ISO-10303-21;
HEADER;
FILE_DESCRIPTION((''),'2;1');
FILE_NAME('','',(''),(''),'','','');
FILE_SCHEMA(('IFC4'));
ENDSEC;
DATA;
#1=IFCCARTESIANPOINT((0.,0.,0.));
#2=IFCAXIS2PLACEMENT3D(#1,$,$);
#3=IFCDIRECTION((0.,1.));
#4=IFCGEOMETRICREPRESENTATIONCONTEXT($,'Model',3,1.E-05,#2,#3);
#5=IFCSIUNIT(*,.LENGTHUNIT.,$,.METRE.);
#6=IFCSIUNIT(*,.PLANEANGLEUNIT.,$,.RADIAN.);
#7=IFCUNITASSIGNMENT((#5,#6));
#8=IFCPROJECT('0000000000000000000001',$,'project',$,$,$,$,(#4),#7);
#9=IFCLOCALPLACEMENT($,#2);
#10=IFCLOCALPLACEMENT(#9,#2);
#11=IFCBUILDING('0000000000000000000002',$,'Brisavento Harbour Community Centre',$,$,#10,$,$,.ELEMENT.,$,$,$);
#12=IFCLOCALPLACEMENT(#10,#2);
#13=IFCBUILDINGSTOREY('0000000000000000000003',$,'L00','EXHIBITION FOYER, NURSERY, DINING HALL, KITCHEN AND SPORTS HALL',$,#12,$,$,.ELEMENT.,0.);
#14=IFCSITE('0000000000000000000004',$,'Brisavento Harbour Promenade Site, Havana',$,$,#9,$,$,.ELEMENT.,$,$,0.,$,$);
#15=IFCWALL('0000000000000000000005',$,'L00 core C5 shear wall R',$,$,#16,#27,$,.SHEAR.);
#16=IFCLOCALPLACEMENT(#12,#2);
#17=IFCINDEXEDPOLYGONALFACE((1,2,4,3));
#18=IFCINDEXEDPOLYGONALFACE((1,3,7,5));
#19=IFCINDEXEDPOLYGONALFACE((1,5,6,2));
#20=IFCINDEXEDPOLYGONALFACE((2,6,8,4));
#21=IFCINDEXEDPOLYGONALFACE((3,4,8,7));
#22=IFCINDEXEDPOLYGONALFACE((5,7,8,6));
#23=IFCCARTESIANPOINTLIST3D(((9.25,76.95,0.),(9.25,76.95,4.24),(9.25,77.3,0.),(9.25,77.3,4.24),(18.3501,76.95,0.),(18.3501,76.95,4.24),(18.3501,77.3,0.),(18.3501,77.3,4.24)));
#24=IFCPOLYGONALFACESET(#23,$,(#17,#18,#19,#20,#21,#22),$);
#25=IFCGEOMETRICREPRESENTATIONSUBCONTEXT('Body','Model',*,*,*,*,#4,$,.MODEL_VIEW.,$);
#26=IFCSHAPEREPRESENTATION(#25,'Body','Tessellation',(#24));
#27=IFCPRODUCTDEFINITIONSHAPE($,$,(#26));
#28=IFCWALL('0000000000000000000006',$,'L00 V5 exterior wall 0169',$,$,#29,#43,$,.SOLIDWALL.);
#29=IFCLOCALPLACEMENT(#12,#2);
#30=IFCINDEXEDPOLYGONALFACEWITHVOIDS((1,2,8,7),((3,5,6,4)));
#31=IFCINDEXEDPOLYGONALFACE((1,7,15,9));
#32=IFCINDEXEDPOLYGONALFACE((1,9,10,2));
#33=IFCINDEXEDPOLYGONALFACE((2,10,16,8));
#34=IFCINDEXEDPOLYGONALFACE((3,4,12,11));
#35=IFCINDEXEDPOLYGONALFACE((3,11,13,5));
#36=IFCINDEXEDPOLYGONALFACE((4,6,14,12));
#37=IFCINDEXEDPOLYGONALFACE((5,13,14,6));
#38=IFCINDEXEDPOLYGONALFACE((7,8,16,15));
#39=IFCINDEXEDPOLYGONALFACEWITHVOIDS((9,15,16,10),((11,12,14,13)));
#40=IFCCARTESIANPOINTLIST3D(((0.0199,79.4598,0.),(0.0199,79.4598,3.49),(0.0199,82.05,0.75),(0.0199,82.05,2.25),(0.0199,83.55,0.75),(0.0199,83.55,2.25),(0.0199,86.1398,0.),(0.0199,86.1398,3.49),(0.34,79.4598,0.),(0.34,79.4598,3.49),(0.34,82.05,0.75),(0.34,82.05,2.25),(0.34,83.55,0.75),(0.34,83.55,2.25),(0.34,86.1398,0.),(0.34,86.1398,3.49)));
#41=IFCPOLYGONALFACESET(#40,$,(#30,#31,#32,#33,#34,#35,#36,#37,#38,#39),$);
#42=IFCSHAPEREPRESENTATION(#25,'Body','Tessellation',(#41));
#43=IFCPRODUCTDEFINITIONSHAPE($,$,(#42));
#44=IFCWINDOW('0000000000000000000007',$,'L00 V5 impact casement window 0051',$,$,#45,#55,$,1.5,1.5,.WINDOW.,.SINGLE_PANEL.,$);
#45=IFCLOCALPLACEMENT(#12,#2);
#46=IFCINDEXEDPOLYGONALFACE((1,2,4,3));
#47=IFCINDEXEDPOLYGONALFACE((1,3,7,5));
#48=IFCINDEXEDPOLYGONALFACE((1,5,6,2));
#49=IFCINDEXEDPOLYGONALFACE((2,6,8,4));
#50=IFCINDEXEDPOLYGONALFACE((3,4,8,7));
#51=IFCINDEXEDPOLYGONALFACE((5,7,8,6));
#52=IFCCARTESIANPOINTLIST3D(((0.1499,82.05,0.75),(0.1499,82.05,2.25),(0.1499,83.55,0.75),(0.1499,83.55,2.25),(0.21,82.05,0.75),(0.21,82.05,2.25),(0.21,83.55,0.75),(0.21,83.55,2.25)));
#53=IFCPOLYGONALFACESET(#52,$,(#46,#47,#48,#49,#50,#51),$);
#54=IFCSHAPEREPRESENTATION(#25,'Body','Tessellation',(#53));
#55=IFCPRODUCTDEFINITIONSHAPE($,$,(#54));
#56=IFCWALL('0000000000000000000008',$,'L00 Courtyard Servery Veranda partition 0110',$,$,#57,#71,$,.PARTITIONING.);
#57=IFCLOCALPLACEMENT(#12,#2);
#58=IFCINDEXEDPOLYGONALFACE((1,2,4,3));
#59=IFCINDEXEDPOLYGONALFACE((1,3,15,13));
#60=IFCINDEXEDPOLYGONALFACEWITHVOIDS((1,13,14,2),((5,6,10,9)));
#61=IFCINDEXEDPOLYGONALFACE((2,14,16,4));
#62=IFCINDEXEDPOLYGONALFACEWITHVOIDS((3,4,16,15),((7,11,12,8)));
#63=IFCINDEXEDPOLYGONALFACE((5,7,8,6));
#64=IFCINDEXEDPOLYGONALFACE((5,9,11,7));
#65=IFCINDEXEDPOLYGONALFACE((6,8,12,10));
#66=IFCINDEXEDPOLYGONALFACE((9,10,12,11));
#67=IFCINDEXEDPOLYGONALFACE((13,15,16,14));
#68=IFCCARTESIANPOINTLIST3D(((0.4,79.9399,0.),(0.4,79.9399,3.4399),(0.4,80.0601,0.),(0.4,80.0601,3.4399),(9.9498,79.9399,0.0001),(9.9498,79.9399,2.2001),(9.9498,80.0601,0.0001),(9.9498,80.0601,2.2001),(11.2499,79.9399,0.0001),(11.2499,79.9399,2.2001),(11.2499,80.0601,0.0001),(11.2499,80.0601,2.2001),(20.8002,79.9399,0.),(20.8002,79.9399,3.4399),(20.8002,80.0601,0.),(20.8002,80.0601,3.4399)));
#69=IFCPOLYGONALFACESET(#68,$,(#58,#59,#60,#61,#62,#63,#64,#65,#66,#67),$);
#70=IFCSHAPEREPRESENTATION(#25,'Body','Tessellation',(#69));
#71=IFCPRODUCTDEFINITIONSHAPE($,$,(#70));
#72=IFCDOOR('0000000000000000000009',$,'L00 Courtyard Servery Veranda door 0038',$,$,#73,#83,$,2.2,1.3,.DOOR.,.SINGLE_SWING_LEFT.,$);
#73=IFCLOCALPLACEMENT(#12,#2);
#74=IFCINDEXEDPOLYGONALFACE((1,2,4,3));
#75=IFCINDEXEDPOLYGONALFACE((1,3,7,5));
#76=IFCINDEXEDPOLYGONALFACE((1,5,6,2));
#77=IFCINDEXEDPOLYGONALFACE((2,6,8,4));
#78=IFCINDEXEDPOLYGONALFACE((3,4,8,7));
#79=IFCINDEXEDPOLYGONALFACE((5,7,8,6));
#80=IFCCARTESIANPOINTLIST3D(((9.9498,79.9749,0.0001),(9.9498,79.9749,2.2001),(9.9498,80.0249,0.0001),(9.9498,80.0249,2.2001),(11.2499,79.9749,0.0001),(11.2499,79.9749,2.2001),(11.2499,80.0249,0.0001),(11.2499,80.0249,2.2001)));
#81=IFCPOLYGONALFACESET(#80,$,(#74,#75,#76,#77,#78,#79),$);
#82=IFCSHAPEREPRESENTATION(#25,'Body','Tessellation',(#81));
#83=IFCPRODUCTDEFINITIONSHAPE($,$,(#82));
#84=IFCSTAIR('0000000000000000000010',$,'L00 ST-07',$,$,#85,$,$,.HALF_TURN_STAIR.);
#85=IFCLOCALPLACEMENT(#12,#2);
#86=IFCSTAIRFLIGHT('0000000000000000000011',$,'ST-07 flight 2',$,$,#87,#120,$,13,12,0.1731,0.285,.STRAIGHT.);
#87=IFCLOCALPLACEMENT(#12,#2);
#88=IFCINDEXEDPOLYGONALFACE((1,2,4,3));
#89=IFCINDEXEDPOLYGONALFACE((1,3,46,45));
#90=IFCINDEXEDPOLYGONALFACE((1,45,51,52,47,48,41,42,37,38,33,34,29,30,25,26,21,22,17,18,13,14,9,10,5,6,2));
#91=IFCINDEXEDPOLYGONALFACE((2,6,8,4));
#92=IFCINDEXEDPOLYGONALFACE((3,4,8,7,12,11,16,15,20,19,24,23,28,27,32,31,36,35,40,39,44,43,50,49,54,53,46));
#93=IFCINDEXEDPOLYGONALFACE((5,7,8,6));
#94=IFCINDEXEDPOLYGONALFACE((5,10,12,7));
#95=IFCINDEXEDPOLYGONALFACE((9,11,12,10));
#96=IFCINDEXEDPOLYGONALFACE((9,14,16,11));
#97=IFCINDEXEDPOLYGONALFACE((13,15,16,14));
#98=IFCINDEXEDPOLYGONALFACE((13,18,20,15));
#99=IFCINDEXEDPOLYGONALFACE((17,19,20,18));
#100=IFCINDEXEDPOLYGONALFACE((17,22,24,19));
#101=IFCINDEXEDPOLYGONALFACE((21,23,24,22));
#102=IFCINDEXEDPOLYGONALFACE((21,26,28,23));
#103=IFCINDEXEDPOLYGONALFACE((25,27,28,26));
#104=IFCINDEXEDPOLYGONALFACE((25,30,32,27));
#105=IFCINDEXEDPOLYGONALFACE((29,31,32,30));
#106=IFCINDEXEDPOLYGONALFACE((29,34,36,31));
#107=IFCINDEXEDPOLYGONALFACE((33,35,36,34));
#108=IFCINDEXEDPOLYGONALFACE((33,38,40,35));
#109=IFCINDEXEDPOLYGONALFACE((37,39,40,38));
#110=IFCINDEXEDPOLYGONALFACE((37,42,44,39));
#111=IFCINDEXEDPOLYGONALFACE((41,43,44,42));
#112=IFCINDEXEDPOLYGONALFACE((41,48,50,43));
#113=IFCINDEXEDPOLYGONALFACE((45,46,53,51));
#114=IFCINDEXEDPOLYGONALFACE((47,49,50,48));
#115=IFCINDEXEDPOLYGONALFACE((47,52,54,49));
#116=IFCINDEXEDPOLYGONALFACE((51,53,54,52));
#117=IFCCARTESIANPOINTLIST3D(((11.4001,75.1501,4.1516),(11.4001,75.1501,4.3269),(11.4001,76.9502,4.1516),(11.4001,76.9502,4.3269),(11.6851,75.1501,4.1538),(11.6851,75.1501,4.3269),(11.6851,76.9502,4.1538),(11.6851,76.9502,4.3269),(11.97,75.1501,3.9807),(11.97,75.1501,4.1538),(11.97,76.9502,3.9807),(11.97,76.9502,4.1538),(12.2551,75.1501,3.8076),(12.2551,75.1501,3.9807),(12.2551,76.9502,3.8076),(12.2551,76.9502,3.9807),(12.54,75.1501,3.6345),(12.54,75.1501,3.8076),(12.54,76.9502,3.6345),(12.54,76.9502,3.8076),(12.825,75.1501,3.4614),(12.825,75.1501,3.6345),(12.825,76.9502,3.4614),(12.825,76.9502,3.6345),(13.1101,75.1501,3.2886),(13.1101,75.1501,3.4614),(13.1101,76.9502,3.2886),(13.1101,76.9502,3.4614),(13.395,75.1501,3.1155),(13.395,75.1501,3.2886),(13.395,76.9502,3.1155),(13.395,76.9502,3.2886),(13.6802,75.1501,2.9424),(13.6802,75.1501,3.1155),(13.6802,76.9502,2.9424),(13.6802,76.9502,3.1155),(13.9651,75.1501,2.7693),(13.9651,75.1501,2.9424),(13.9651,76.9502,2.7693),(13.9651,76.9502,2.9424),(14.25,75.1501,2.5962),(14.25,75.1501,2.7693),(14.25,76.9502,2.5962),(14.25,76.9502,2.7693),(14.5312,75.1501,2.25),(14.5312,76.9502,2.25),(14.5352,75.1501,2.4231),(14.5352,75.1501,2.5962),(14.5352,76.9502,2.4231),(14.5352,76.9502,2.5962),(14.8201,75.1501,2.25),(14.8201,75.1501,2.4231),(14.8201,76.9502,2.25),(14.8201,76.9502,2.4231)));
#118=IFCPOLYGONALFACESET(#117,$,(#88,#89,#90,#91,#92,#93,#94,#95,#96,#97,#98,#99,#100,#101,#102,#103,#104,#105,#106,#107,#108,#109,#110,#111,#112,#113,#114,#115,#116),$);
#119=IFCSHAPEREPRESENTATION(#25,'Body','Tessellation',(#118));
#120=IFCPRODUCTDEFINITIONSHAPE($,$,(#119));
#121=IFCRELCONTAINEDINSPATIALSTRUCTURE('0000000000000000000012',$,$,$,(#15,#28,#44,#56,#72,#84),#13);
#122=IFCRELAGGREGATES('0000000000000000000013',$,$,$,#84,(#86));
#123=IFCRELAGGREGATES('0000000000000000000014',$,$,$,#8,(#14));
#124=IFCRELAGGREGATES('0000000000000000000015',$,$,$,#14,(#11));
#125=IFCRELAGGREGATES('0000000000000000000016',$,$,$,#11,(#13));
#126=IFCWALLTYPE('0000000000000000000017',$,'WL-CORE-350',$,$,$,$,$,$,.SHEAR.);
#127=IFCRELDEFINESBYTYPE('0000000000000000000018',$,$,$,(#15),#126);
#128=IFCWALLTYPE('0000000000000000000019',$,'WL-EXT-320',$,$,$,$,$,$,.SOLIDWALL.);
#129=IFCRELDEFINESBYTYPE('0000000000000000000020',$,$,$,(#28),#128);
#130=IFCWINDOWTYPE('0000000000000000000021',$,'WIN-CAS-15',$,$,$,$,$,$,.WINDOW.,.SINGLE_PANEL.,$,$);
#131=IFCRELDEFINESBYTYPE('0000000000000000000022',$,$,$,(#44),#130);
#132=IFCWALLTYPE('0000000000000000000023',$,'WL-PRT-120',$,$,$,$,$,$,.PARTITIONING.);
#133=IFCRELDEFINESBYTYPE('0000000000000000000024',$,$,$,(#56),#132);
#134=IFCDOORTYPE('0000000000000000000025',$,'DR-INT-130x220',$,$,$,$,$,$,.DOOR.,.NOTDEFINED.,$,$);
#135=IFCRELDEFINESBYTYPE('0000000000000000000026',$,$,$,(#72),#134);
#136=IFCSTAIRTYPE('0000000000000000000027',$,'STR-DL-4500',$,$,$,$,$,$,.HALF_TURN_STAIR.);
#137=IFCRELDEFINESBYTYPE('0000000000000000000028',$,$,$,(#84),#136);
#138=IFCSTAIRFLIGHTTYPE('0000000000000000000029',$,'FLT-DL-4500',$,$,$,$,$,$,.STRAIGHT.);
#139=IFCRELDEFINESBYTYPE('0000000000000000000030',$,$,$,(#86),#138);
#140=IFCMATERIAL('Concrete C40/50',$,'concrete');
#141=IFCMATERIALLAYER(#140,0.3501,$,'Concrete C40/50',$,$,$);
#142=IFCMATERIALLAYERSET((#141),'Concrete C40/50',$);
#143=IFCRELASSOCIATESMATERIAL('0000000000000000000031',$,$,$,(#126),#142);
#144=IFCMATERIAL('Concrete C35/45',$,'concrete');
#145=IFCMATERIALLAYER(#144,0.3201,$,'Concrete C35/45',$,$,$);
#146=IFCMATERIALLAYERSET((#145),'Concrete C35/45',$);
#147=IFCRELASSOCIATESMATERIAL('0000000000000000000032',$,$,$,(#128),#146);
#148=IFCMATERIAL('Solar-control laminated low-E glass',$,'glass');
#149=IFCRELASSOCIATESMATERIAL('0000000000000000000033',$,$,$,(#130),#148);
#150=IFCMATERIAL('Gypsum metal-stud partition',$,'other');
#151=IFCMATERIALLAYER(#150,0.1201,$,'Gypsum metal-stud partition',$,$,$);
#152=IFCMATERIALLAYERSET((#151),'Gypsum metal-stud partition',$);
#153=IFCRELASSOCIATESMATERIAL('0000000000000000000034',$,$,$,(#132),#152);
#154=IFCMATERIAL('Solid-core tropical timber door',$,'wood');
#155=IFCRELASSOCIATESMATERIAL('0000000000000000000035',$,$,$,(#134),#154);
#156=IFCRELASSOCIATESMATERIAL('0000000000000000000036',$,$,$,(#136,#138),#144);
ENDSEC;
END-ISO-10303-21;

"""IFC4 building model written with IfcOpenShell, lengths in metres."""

from ifc_helpers import new_model, si_unit, direction, frame, frame_2d, origin, place, context, subcontext, project, spatial, polyline, rectangle, outline, extrude, material, layer, layer_set, type_object, element, fill, aggregate, save


model = new_model("IFC4")

# Units and contexts
model_context = context("Model", 3, precision=1e-05, world=origin(), true_north=direction((0.0, 1.0)))
body_context = subcontext(model_context, "Body", "Model", "MODEL_VIEW")
ifc_project = project(units=[si_unit("LENGTHUNIT", "METRE"), si_unit("PLANEANGLEUNIT", "RADIAN")], contexts=[model_context])

# Site, building, storey
site_placement = place(None, origin())
site = spatial("IfcSite", under=ifc_project, at=site_placement, Name="Brisavento Harbour Promenade Site, Havana", CompositionType="ELEMENT", RefElevation=0.0)
building_placement = place(site_placement, origin())
building = spatial("IfcBuilding", under=site, at=building_placement, Name="Brisavento Harbour Community Centre", CompositionType="ELEMENT")
storey_placement = place(building_placement, origin())
storey = spatial("IfcBuildingStorey", under=building, at=storey_placement, Name="L00", Description="EXHIBITION FOYER, NURSERY, DINING HALL, KITCHEN AND SPORTS HALL", CompositionType="ELEMENT", Elevation=0.0)

# Shared definitions
ifc_material_1 = material(Name="Concrete C35/45", Category="concrete")

# Wall
ifc_material_2 = material(Name="Concrete C40/50", Category="concrete")
ifc_layer_1 = layer(ifc_material_2, 0.3501, Name="Concrete C40/50")
ifc_layer_set_1 = layer_set([ifc_layer_1], Name="Concrete C40/50")
wall_type_1 = type_object("IfcWallType", Name="WL-CORE-350", PredefinedType="SHEAR", material=ifc_layer_set_1)
wall_1_placement = place(storey_placement, frame((18.3501, 77.125, 0.0), z_axis=(0.0, 0.0, 1.0), x_axis=(-1.0, 0.0, 0.0)))
element("IfcWall", 1, at=wall_1_placement, inside=storey, type_object=wall_type_1, Name="L00 core C5 shear wall R", PredefinedType="SHEAR", context=body_context, shape_type="SweptSolid", body=[
    extrude(rectangle(XDim=9.1001, YDim=0.3501, at=frame_2d((4.55, 0.0))), origin(), (0.0, 0.0, 1.0), 4.24),
])

# Wall, opening, window
ifc_layer_2 = layer(ifc_material_1, 0.3201, Name="Concrete C35/45")
ifc_layer_set_2 = layer_set([ifc_layer_2], Name="Concrete C35/45")
wall_type_2 = type_object("IfcWallType", Name="WL-EXT-320", PredefinedType="SOLIDWALL", material=ifc_layer_set_2)
wall_2_placement = place(storey_placement, frame((0.1799, 79.46, 0.0), z_axis=(0.0, 0.0, 1.0), x_axis=(0.0, 1.0, 0.0)))
wall_2 = element("IfcWall", 2, at=wall_2_placement, inside=storey, type_object=wall_type_2, Name="L00 V5 exterior wall 0169", PredefinedType="SOLIDWALL", context=body_context, shape_type="SweptSolid", body=[
    extrude(rectangle(XDim=6.6799, YDim=0.3201, at=frame_2d((3.3398, 0.0))), origin(), (0.0, 0.0, 1.0), 3.49),
])
opening_1_placement = place(wall_2_placement, frame((2.5901, 0.0, 0.75)))
opening_1 = element("IfcOpeningElement", 3, at=opening_1_placement, cuts=wall_2, PredefinedType="OPENING", context=body_context, shape_type="SweptSolid", body=[
    extrude(rectangle(XDim=1.5, YDim=1.5, at=frame_2d((0.75, 0.75))), frame((0.0, 0.1699, 0.0), z_axis=(0.0, -1.0, 0.0), x_axis=(1.0, 0.0, 0.0)), (0.0, 0.0, 1.0), 0.3401),
])
ifc_material_3 = material(Name="Solar-control laminated low-E glass", Category="glass")
window_type = type_object("IfcWindowType", Name="WIN-CAS-15", PartitioningType="SINGLE_PANEL", PredefinedType="WINDOW", material=ifc_material_3)
window_placement = place(opening_1_placement, origin())
window = element("IfcWindow", 4, at=window_placement, inside=storey, type_object=window_type, Name="L00 V5 impact casement window 0051", OverallHeight=1.5, OverallWidth=1.5, PartitioningType="SINGLE_PANEL", PredefinedType="WINDOW", context=body_context, shape_type="SweptSolid", body=[
    extrude(rectangle(XDim=1.5, YDim=1.5, at=frame_2d((0.75, 0.75))), frame((0.0, 0.03, 0.0), z_axis=(0.0, -1.0, 0.0), x_axis=(1.0, 0.0, 0.0)), (0.0, 0.0, 1.0), 0.0601),
])
fill(opening_1, window)

# Wall, opening, door
ifc_material_4 = material(Name="Gypsum metal-stud partition", Category="other")
ifc_layer_3 = layer(ifc_material_4, 0.1201, Name="Gypsum metal-stud partition")
ifc_layer_set_3 = layer_set([ifc_layer_3], Name="Gypsum metal-stud partition")
wall_type_3 = type_object("IfcWallType", Name="WL-PRT-120", PredefinedType="PARTITIONING", material=ifc_layer_set_3)
wall_3_placement = place(storey_placement, frame((0.3999, 80.0, 0.0), z_axis=(0.0, 0.0, 1.0), x_axis=(1.0, 0.0, 0.0)))
wall_3 = element("IfcWall", 5, at=wall_3_placement, inside=storey, type_object=wall_type_3, Name="L00 Courtyard Servery Veranda partition 0110", PredefinedType="PARTITIONING", context=body_context, shape_type="SweptSolid", body=[
    extrude(rectangle(XDim=20.4001, YDim=0.1201, at=frame_2d((10.2002, 0.0))), origin(), (0.0, 0.0, 1.0), 3.4399),
])
opening_2_placement = place(wall_3_placement, frame((9.55, 0.0, 0.0)))
opening_2 = element("IfcOpeningElement", 6, at=opening_2_placement, cuts=wall_3, PredefinedType="OPENING", context=body_context, shape_type="SweptSolid", body=[
    extrude(rectangle(XDim=1.3, YDim=2.2, at=frame_2d((0.6499, 1.1001))), frame((0.0, 0.0701, 0.0), z_axis=(0.0, -1.0, 0.0), x_axis=(1.0, 0.0, 0.0)), (0.0, 0.0, 1.0), 0.1401),
])
ifc_material_5 = material(Name="Solid-core tropical timber door", Category="wood")
door_type = type_object("IfcDoorType", Name="DR-INT-130x220", OperationType="NOTDEFINED", PredefinedType="DOOR", material=ifc_material_5)
door_placement = place(opening_2_placement, origin())
door = element("IfcDoor", 7, at=door_placement, inside=storey, type_object=door_type, Name="L00 Courtyard Servery Veranda door 0038", OperationType="SINGLE_SWING_LEFT", OverallHeight=2.2, OverallWidth=1.3, PredefinedType="DOOR", context=body_context, shape_type="SweptSolid", body=[
    extrude(rectangle(XDim=1.3, YDim=2.2, at=frame_2d((0.6499, 1.1001))), frame((0.0, 0.0249, 0.0), z_axis=(0.0, -1.0, 0.0), x_axis=(1.0, 0.0, 0.0)), (0.0, 0.0, 1.0), 0.05),
])
fill(opening_2, door)

# Stair, stair flight
stair_type = type_object("IfcStairType", Name="STR-DL-4500", PredefinedType="HALF_TURN_STAIR", material=ifc_material_1)
stair_placement = place(storey_placement, origin())
stair = element("IfcStair", 8, at=stair_placement, inside=storey, type_object=stair_type, Name="L00 ST-07", PredefinedType="HALF_TURN_STAIR")
stair_flight_type = type_object("IfcStairFlightType", Name="FLT-DL-4500", PredefinedType="STRAIGHT", material=ifc_material_1)
stair_flight_placement = place(storey_placement, frame((14.8201, 76.05, 2.25), z_axis=(0.0, 0.0, 1.0), x_axis=(-1.0, 0.0, 0.0)))
stair_flight = element("IfcStairFlight", 9, at=stair_flight_placement, type_object=stair_flight_type, Name="ST-07 flight 2", NumberOfRisers=13, NumberOfTreads=12, PredefinedType="STRAIGHT", RiserHeight=0.1731, TreadLength=0.285, context=body_context, shape_type="SweptSolid", body=[
    extrude(outline(polyline([(0.0, 0.0), (0.0, 0.1731), (0.2849, 0.1731), (0.2849, 0.3462), (0.5701, 0.3462), (0.5701, 0.5193), (0.855, 0.5193), (0.855, 0.6924), (1.1399, 0.6924), (1.1399, 0.8655), (1.425, 0.8655), (1.425, 1.0386), (1.71, 1.0386), (1.71, 1.2114), (1.9951, 1.2114), (1.9951, 1.3845), (2.28, 1.3845), (2.28, 1.5576), (2.5649, 1.5576), (2.5649, 1.7307), (2.8501, 1.7307), (2.8501, 1.9038), (3.135, 1.9038), (3.135, 2.0769), (3.4199, 2.0769), (3.4199, 2.25), (3.4199, 1.9016), (0.2888, 0.0), (0.0, 0.0)])), frame((0.0, 0.8999, 0.0), z_axis=(0.0, -1.0, 0.0), x_axis=(1.0, 0.0, 0.0)), (0.0, 0.0, 1.0), 1.8),
])
aggregate(stair, [stair_flight])

save(model, "model.ifc")
